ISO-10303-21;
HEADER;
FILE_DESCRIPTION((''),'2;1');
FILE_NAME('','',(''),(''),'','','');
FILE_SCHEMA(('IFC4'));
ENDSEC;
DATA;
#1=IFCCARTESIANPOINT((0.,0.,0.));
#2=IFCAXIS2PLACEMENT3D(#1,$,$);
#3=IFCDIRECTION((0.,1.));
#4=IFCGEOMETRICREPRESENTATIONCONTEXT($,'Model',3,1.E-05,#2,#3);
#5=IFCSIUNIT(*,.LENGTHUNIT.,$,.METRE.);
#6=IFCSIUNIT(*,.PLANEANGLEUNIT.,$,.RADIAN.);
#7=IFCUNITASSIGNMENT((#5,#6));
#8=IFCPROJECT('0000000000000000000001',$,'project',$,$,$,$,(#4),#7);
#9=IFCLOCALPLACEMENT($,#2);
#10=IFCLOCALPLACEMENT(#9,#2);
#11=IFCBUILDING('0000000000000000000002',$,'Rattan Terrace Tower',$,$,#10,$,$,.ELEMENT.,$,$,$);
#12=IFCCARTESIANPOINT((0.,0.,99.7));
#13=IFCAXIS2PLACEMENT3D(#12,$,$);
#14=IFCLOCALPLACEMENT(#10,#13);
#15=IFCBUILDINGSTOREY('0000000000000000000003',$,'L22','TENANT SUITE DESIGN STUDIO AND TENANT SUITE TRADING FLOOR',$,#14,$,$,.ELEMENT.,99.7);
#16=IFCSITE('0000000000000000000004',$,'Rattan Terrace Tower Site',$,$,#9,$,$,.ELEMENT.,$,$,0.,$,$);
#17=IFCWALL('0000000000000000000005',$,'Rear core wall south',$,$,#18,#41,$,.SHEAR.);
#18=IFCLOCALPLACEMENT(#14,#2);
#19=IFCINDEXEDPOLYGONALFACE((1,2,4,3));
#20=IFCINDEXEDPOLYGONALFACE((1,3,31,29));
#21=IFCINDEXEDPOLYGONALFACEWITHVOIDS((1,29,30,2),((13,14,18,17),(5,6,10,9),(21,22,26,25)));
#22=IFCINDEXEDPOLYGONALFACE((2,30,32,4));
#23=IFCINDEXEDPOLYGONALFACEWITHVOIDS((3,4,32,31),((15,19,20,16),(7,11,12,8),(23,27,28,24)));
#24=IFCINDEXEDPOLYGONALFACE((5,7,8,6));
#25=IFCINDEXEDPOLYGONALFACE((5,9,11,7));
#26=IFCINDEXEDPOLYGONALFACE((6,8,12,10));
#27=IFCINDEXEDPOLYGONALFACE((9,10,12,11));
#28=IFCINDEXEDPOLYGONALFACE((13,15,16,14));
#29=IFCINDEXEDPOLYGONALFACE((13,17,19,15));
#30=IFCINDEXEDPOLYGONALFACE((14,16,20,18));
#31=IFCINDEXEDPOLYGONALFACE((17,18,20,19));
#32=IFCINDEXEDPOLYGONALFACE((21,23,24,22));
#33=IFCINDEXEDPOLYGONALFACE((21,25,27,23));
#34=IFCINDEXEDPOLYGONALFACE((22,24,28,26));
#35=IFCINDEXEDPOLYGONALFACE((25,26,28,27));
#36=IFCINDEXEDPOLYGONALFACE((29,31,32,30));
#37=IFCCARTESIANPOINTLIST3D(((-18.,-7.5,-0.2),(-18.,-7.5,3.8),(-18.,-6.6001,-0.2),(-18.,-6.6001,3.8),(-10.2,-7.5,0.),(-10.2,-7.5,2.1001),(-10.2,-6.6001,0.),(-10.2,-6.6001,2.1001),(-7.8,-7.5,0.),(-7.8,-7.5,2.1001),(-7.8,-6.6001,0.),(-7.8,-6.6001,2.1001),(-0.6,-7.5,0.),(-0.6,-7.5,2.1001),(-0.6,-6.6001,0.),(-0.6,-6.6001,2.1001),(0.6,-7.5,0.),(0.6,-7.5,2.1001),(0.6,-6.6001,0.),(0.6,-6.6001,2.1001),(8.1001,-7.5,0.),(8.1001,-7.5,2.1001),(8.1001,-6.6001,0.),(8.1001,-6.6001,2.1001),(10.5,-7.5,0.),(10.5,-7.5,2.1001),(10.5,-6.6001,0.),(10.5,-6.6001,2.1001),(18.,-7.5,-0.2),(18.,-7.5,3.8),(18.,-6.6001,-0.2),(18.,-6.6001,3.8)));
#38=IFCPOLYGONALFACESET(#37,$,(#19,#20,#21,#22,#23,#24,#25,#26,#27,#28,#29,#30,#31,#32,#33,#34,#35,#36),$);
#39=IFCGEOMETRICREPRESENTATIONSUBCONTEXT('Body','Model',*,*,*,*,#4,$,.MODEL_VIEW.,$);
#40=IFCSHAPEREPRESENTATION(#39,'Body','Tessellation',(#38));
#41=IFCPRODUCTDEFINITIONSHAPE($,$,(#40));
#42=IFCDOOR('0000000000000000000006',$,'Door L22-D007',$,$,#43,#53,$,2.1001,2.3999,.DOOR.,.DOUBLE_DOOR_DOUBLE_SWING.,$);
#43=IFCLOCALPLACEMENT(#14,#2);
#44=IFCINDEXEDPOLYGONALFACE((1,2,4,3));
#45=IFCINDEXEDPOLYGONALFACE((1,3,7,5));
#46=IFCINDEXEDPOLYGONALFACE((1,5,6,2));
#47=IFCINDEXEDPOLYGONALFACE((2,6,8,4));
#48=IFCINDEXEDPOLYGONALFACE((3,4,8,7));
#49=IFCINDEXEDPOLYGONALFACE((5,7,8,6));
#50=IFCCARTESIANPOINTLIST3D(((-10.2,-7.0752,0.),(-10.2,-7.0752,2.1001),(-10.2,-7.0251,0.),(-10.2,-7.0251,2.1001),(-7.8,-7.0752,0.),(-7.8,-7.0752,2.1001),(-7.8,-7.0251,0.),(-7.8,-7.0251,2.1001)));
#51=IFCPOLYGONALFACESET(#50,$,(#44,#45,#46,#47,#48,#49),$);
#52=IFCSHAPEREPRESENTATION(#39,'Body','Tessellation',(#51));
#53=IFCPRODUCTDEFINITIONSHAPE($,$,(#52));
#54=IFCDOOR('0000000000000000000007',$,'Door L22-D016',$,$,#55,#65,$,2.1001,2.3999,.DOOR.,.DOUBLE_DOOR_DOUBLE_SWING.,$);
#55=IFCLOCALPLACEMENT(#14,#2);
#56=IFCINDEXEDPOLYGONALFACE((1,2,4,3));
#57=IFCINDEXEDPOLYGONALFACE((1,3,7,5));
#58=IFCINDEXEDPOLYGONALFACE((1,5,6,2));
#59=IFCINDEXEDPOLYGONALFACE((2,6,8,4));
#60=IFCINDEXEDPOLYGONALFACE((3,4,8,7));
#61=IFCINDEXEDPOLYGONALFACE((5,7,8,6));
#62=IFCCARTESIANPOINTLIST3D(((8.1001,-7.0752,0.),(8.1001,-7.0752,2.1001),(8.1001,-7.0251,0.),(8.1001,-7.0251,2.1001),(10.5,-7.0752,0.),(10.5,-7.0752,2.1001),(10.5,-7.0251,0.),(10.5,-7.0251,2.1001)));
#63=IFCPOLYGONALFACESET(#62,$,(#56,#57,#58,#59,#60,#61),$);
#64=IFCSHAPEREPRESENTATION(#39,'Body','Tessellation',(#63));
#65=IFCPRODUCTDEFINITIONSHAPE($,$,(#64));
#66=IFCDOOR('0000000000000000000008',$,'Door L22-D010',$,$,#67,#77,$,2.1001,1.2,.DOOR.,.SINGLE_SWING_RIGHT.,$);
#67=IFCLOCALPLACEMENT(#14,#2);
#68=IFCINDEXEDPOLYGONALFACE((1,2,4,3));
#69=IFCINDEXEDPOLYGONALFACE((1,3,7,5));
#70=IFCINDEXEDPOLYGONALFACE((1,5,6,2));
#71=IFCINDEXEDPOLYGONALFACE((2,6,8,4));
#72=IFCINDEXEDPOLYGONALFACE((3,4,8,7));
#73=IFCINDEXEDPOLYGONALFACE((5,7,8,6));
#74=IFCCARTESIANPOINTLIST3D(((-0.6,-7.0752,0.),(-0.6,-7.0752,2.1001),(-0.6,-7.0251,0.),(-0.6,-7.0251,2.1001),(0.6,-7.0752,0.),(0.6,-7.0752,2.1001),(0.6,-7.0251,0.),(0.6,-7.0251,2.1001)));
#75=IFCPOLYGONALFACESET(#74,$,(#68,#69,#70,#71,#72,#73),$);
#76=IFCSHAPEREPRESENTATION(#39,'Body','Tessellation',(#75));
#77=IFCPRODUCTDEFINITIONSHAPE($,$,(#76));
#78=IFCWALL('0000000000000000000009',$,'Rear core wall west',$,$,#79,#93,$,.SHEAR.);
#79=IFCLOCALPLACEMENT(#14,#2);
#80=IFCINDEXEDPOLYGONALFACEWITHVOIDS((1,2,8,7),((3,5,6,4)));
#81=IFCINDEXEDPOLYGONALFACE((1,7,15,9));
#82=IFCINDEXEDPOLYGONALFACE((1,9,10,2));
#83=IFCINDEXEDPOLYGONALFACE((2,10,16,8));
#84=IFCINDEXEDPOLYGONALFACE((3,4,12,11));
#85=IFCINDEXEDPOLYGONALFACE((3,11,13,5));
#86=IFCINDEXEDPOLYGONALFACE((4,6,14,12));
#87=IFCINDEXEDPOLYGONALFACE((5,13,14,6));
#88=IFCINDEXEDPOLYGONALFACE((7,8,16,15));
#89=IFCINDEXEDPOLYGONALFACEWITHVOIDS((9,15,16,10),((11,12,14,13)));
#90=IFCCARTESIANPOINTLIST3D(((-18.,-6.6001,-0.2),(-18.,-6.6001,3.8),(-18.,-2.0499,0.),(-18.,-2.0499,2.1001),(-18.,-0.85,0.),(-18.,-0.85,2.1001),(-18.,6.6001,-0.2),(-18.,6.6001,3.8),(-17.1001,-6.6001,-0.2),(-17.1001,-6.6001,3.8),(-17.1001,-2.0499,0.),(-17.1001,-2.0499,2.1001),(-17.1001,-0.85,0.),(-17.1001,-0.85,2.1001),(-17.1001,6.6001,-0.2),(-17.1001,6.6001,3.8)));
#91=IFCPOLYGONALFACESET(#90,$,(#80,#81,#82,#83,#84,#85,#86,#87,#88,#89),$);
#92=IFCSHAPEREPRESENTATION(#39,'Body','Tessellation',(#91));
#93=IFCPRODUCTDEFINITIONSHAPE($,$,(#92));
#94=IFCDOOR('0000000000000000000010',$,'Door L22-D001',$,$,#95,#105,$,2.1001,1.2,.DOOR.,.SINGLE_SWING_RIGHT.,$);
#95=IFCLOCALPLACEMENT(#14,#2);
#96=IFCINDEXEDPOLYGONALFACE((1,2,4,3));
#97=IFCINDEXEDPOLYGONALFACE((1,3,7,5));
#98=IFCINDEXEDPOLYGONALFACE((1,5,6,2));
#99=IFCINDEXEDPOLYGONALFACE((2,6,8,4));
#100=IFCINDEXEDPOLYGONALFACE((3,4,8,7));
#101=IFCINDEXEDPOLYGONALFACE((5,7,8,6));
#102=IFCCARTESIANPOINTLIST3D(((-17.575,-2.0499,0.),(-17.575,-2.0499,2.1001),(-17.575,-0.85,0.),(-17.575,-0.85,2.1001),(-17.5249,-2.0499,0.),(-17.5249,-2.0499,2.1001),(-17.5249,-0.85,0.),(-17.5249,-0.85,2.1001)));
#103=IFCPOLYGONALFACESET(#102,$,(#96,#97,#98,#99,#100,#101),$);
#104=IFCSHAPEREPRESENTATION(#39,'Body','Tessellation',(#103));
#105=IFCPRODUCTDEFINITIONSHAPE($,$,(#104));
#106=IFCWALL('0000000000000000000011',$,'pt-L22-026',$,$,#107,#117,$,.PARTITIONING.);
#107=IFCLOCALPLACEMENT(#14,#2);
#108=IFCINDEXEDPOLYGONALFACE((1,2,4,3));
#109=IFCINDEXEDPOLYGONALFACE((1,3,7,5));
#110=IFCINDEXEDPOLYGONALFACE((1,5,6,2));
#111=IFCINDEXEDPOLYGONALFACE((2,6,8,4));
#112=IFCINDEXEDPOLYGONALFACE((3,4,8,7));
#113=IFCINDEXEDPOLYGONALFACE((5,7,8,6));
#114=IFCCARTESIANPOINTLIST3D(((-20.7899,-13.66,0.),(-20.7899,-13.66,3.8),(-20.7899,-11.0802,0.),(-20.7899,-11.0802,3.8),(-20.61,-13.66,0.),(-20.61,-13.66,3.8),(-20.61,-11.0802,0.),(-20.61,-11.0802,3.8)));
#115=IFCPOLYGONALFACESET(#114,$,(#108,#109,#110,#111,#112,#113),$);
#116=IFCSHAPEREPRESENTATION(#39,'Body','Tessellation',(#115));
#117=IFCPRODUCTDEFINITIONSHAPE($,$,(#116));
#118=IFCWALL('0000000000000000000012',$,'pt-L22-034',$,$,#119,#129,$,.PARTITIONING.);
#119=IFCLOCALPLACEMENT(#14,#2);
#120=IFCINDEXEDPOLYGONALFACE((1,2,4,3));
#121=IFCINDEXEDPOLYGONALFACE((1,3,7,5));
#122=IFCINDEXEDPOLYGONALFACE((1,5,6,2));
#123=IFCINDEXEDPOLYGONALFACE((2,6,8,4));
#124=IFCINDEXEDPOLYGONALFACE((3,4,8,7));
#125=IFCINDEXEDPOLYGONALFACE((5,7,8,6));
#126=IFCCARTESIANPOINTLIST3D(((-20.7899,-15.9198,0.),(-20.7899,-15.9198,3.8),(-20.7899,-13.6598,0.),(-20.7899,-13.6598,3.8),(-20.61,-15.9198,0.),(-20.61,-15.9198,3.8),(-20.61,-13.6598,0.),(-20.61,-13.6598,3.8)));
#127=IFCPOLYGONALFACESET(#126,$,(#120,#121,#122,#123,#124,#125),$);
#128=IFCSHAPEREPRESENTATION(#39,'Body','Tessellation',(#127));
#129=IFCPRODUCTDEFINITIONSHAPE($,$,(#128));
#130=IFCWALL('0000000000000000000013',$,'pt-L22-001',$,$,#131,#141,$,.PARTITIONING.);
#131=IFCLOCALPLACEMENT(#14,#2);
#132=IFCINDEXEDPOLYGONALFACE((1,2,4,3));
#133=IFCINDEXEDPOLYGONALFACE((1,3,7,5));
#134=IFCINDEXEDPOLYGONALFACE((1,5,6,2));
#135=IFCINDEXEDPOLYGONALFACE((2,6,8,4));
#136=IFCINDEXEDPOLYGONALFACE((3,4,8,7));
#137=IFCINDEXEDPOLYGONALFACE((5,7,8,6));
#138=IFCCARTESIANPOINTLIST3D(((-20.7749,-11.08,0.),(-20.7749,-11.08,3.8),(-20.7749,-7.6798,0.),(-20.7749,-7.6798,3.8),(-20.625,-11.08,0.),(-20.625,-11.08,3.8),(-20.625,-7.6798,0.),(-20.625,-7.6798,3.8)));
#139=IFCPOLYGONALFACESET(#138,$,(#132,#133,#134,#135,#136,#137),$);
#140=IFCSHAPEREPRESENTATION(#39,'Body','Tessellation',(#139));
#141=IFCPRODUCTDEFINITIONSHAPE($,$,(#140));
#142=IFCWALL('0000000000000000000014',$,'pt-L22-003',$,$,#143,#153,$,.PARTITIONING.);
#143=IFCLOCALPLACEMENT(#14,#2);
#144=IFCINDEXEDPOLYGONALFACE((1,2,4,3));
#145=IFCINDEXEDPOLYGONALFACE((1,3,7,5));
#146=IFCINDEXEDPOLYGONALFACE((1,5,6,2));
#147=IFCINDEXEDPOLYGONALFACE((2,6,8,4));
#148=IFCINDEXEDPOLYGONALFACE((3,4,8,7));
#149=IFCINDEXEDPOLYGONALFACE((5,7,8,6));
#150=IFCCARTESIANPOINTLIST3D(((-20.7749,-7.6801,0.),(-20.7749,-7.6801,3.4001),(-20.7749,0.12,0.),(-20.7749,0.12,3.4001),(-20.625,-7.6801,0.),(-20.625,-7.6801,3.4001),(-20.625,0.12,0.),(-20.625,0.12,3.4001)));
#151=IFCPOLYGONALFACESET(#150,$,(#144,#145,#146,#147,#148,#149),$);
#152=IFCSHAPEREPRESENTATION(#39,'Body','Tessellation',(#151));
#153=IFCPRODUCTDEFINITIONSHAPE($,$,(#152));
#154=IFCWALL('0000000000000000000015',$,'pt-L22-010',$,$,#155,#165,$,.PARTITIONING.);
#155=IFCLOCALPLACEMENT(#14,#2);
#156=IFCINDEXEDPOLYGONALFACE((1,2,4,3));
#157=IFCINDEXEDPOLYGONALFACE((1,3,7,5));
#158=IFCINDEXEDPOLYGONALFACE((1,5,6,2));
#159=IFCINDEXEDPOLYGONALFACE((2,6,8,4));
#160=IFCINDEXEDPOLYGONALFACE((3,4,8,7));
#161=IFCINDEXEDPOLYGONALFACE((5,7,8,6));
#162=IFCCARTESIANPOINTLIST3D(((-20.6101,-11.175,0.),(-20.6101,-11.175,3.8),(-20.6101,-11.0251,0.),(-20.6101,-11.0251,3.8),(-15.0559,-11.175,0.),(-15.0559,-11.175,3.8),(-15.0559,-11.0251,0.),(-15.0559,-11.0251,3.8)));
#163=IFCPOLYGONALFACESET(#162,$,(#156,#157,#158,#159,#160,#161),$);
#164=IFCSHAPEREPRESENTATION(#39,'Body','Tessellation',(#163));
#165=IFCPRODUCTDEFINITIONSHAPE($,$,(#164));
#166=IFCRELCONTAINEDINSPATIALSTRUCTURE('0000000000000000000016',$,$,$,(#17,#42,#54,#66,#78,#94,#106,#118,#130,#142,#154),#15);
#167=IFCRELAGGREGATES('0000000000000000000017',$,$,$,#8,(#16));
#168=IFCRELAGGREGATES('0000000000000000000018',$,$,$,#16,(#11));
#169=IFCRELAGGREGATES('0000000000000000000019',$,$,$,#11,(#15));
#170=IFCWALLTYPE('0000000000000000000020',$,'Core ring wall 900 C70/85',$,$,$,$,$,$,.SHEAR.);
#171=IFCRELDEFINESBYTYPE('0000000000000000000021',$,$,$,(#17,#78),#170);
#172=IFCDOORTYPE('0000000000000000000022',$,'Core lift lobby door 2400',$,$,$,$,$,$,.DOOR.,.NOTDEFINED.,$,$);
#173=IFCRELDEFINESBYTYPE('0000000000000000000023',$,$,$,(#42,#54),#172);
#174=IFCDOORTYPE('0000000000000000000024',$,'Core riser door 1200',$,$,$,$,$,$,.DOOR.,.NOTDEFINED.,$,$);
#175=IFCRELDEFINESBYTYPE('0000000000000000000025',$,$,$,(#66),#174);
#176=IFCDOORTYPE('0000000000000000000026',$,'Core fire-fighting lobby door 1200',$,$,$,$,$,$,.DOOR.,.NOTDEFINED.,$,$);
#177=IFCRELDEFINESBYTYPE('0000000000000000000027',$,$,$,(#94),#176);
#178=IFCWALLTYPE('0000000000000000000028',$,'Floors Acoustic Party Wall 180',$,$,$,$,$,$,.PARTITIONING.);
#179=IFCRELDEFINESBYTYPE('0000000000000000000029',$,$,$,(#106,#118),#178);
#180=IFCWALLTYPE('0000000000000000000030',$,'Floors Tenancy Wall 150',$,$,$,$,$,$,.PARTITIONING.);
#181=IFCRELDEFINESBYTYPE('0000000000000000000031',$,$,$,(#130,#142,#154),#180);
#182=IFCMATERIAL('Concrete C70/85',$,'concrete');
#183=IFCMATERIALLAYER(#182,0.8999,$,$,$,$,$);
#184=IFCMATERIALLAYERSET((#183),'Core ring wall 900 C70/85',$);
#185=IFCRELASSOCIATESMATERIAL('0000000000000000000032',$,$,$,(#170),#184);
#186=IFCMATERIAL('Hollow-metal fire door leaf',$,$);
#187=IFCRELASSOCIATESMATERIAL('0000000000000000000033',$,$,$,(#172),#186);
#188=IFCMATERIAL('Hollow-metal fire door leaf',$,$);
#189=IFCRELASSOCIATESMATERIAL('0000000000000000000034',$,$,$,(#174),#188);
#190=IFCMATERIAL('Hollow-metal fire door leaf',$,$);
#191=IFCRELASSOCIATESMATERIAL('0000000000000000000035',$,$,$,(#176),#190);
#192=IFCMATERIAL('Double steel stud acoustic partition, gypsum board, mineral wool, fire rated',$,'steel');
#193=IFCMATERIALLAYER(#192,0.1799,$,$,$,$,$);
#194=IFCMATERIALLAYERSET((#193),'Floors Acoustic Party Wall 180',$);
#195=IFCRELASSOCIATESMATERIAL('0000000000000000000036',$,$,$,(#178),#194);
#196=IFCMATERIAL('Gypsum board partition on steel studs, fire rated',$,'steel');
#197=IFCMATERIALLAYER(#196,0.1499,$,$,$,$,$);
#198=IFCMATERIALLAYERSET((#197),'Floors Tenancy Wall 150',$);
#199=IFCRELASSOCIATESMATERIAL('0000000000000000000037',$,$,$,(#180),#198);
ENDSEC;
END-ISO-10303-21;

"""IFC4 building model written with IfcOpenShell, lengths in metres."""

from ifc_helpers import new_model, si_unit, direction, frame, frame_2d, origin, place, context, subcontext, project, spatial, rectangle, extrude, material, layer, layer_set, type_object, element, fill, save


model = new_model("IFC4")

# Units and contexts
model_context = context("Model", 3, precision=1e-05, world=origin(), true_north=direction((0.0, 1.0)))
body_context = subcontext(model_context, "Body", "Model", "MODEL_VIEW")
ifc_project = project(units=[si_unit("LENGTHUNIT", "METRE"), si_unit("PLANEANGLEUNIT", "RADIAN")], contexts=[model_context])

# Site, building, storey
site_placement = place(None, origin())
site = spatial("IfcSite", under=ifc_project, at=site_placement, Name="Rattan Terrace Tower Site", CompositionType="ELEMENT", RefElevation=0.0)
building_placement = place(site_placement, origin())
building = spatial("IfcBuilding", under=site, at=building_placement, Name="Rattan Terrace Tower", CompositionType="ELEMENT")
storey_placement = place(building_placement, frame((0.0, 0.0, 99.7)))
storey = spatial("IfcBuildingStorey", under=building, at=storey_placement, Name="L22", Description="TENANT SUITE DESIGN STUDIO AND TENANT SUITE TRADING FLOOR", CompositionType="ELEMENT", Elevation=99.7)

# Wall, openings, doors
ifc_material_1 = material(Name="Concrete C70/85", Category="concrete")
ifc_layer_1 = layer(ifc_material_1, 0.8999)
ifc_layer_set_1 = layer_set([ifc_layer_1], Name="Core ring wall 900 C70/85")
wall_type_1 = type_object("IfcWallType", Name="Core ring wall 900 C70/85", PredefinedType="SHEAR", material=ifc_layer_set_1)
wall_1_placement = place(storey_placement, frame((-18.0, -7.05, -0.2), z_axis=(0.0, 0.0, 1.0), x_axis=(1.0, 0.0, 0.0)))
wall_1 = element("IfcWall", 1, at=wall_1_placement, inside=storey, type_object=wall_type_1, Name="Rear core wall south", PredefinedType="SHEAR", context=body_context, shape_type="SweptSolid", body=[
    extrude(rectangle(XDim=36.0, YDim=0.8999, at=frame_2d((18.0, 0.0))), origin(), (0.0, 0.0, 1.0), 4.0),
])
opening_1_placement = place(wall_1_placement, frame((7.8, 0.0, 0.2)))
opening_1 = element("IfcOpeningElement", 2, at=opening_1_placement, cuts=wall_1, PredefinedType="OPENING", context=body_context, shape_type="SweptSolid", body=[
    extrude(rectangle(XDim=2.3999, YDim=2.1001, at=frame_2d((1.2, 1.05))), frame((0.0, 0.4604, 0.0), z_axis=(0.0, -1.0, 0.0), x_axis=(1.0, 0.0, 0.0)), (0.0, 0.0, 1.0), 0.9209),
])
opening_2_placement = place(wall_1_placement, frame((17.3999, 0.0, 0.2)))
opening_2 = element("IfcOpeningElement", 3, at=opening_2_placement, cuts=wall_1, PredefinedType="OPENING", context=body_context, shape_type="SweptSolid", body=[
    extrude(rectangle(XDim=1.2, YDim=2.1001, at=frame_2d((0.6001, 1.05))), frame((0.0, 0.4604, 0.0), z_axis=(0.0, -1.0, 0.0), x_axis=(1.0, 0.0, 0.0)), (0.0, 0.0, 1.0), 0.9209),
])
opening_3_placement = place(wall_1_placement, frame((26.1001, 0.0, 0.2)))
opening_3 = element("IfcOpeningElement", 4, at=opening_3_placement, cuts=wall_1, PredefinedType="OPENING", context=body_context, shape_type="SweptSolid", body=[
    extrude(rectangle(XDim=2.3999, YDim=2.1001, at=frame_2d((1.2, 1.05))), frame((0.0, 0.4604, 0.0), z_axis=(0.0, -1.0, 0.0), x_axis=(1.0, 0.0, 0.0)), (0.0, 0.0, 1.0), 0.9209),
])
ifc_material_2 = material(Name="Hollow-metal fire door leaf")
door_type_1 = type_object("IfcDoorType", Name="Core lift lobby door 2400", OperationType="NOTDEFINED", PredefinedType="DOOR", material=ifc_material_2)
door_1_placement = place(opening_1_placement, origin())
door_1 = element("IfcDoor", 5, at=door_1_placement, inside=storey, type_object=door_type_1, Name="Door L22-D007", OperationType="DOUBLE_DOOR_DOUBLE_SWING", OverallHeight=2.1001, OverallWidth=2.3999, PredefinedType="DOOR", context=body_context, shape_type="SweptSolid", body=[
    extrude(rectangle(XDim=2.3999, YDim=2.1001, at=frame_2d((1.2, 1.05))), frame((0.0, 0.0249, 0.0), z_axis=(0.0, -1.0, 0.0), x_axis=(1.0, 0.0, 0.0)), (0.0, 0.0, 1.0), 0.05),
])
fill(opening_1, door_1)
door_2_placement = place(opening_3_placement, origin())
door_2 = element("IfcDoor", 6, at=door_2_placement, inside=storey, type_object=door_type_1, Name="Door L22-D016", OperationType="DOUBLE_DOOR_DOUBLE_SWING", OverallHeight=2.1001, OverallWidth=2.3999, PredefinedType="DOOR", context=body_context, shape_type="SweptSolid", body=[
    extrude(rectangle(XDim=2.3999, YDim=2.1001, at=frame_2d((1.2, 1.05))), frame((0.0, 0.0249, 0.0), z_axis=(0.0, -1.0, 0.0), x_axis=(1.0, 0.0, 0.0)), (0.0, 0.0, 1.0), 0.05),
])
fill(opening_3, door_2)
ifc_material_3 = material(Name="Hollow-metal fire door leaf")
door_type_2 = type_object("IfcDoorType", Name="Core riser door 1200", OperationType="NOTDEFINED", PredefinedType="DOOR", material=ifc_material_3)
door_3_placement = place(opening_2_placement, origin())
door_3 = element("IfcDoor", 7, at=door_3_placement, inside=storey, type_object=door_type_2, Name="Door L22-D010", OperationType="SINGLE_SWING_RIGHT", OverallHeight=2.1001, OverallWidth=1.2, PredefinedType="DOOR", context=body_context, shape_type="SweptSolid", body=[
    extrude(rectangle(XDim=1.2, YDim=2.1001, at=frame_2d((0.6001, 1.05))), frame((0.0, 0.0249, 0.0), z_axis=(0.0, -1.0, 0.0), x_axis=(1.0, 0.0, 0.0)), (0.0, 0.0, 1.0), 0.05),
])
fill(opening_2, door_3)

# Wall, opening, door
wall_2_placement = place(storey_placement, frame((-17.55, -6.6001, -0.2), z_axis=(0.0, 0.0, 1.0), x_axis=(0.0, 1.0, 0.0)))
wall_2 = element("IfcWall", 8, at=wall_2_placement, inside=storey, type_object=wall_type_1, Name="Rear core wall west", PredefinedType="SHEAR", context=body_context, shape_type="SweptSolid", body=[
    extrude(rectangle(XDim=13.2002, YDim=0.8999, at=frame_2d((6.6001, 0.0))), origin(), (0.0, 0.0, 1.0), 4.0),
])
opening_4_placement = place(wall_2_placement, frame((4.55, 0.0, 0.2)))
opening_4 = element("IfcOpeningElement", 9, at=opening_4_placement, cuts=wall_2, PredefinedType="OPENING", context=body_context, shape_type="SweptSolid", body=[
    extrude(rectangle(XDim=1.2, YDim=2.1001, at=frame_2d((0.6001, 1.05))), frame((0.0, 0.4604, 0.0), z_axis=(0.0, -1.0, 0.0), x_axis=(1.0, 0.0, 0.0)), (0.0, 0.0, 1.0), 0.9209),
])
ifc_material_4 = material(Name="Hollow-metal fire door leaf")
door_type_3 = type_object("IfcDoorType", Name="Core fire-fighting lobby door 1200", OperationType="NOTDEFINED", PredefinedType="DOOR", material=ifc_material_4)
door_4_placement = place(opening_4_placement, origin())
door_4 = element("IfcDoor", 10, at=door_4_placement, inside=storey, type_object=door_type_3, Name="Door L22-D001", OperationType="SINGLE_SWING_RIGHT", OverallHeight=2.1001, OverallWidth=1.2, PredefinedType="DOOR", context=body_context, shape_type="SweptSolid", body=[
    extrude(rectangle(XDim=1.2, YDim=2.1001, at=frame_2d((0.6001, 1.05))), frame((0.0, 0.0249, 0.0), z_axis=(0.0, -1.0, 0.0), x_axis=(1.0, 0.0, 0.0)), (0.0, 0.0, 1.0), 0.05),
])
fill(opening_4, door_4)

# Walls
ifc_material_5 = material(Name="Double steel stud acoustic partition, gypsum board, mineral wool, fire rated", Category="steel")
ifc_layer_2 = layer(ifc_material_5, 0.1799)
ifc_layer_set_2 = layer_set([ifc_layer_2], Name="Floors Acoustic Party Wall 180")
wall_type_2 = type_object("IfcWallType", Name="Floors Acoustic Party Wall 180", PredefinedType="PARTITIONING", material=ifc_layer_set_2)
wall_3_placement = place(storey_placement, frame((-20.7, -11.0801, 0.0), z_axis=(0.0, 0.0, 1.0), x_axis=(0.0, -1.0, 0.0)))
element("IfcWall", 11, at=wall_3_placement, inside=storey, type_object=wall_type_2, Name="pt-L22-026", PredefinedType="PARTITIONING", context=body_context, shape_type="SweptSolid", body=[
    extrude(rectangle(XDim=2.5798, YDim=0.1799, at=frame_2d((1.29, 0.0))), origin(), (0.0, 0.0, 1.0), 3.8),
])
wall_4_placement = place(storey_placement, frame((-20.7, -13.6599, 0.0), z_axis=(0.0, 0.0, 1.0), x_axis=(0.0, -1.0, 0.0)))
element("IfcWall", 12, at=wall_4_placement, inside=storey, type_object=wall_type_2, Name="pt-L22-034", PredefinedType="PARTITIONING", context=body_context, shape_type="SweptSolid", body=[
    extrude(rectangle(XDim=2.26, YDim=0.1799, at=frame_2d((1.1299, 0.0))), origin(), (0.0, 0.0, 1.0), 3.8),
])
ifc_material_6 = material(Name="Gypsum board partition on steel studs, fire rated", Category="steel")
ifc_layer_3 = layer(ifc_material_6, 0.1499)
ifc_layer_set_3 = layer_set([ifc_layer_3], Name="Floors Tenancy Wall 150")
wall_type_3 = type_object("IfcWallType", Name="Floors Tenancy Wall 150", PredefinedType="PARTITIONING", material=ifc_layer_set_3)
wall_5_placement = place(storey_placement, frame((-20.7, -11.0801, 0.0), z_axis=(0.0, 0.0, 1.0), x_axis=(0.0, 1.0, 0.0)))
element("IfcWall", 13, at=wall_5_placement, inside=storey, type_object=wall_type_3, Name="pt-L22-001", PredefinedType="PARTITIONING", context=body_context, shape_type="SweptSolid", body=[
    extrude(rectangle(XDim=3.4001, YDim=0.1499, at=frame_2d((1.7002, 0.0))), origin(), (0.0, 0.0, 1.0), 3.8),
])
wall_6_placement = place(storey_placement, frame((-20.7, -7.6799, 0.0), z_axis=(0.0, 0.0, 1.0), x_axis=(0.0, 1.0, 0.0)))
element("IfcWall", 14, at=wall_6_placement, inside=storey, type_object=wall_type_3, Name="pt-L22-003", PredefinedType="PARTITIONING", context=body_context, shape_type="SweptSolid", body=[
    extrude(rectangle(XDim=7.8, YDim=0.1499, at=frame_2d((3.8999, 0.0))), origin(), (0.0, 0.0, 1.0), 3.4001),
])
wall_7_placement = place(storey_placement, frame((-15.0559, -11.1001, 0.0), z_axis=(0.0, 0.0, 1.0), x_axis=(-1.0, 0.0, 0.0)))
element("IfcWall", 15, at=wall_7_placement, inside=storey, type_object=wall_type_3, Name="pt-L22-010", PredefinedType="PARTITIONING", context=body_context, shape_type="SweptSolid", body=[
    extrude(rectangle(XDim=5.5542, YDim=0.1499, at=frame_2d((2.7771, 0.0))), origin(), (0.0, 0.0, 1.0), 3.8),
])

save(model, "model.ifc")
